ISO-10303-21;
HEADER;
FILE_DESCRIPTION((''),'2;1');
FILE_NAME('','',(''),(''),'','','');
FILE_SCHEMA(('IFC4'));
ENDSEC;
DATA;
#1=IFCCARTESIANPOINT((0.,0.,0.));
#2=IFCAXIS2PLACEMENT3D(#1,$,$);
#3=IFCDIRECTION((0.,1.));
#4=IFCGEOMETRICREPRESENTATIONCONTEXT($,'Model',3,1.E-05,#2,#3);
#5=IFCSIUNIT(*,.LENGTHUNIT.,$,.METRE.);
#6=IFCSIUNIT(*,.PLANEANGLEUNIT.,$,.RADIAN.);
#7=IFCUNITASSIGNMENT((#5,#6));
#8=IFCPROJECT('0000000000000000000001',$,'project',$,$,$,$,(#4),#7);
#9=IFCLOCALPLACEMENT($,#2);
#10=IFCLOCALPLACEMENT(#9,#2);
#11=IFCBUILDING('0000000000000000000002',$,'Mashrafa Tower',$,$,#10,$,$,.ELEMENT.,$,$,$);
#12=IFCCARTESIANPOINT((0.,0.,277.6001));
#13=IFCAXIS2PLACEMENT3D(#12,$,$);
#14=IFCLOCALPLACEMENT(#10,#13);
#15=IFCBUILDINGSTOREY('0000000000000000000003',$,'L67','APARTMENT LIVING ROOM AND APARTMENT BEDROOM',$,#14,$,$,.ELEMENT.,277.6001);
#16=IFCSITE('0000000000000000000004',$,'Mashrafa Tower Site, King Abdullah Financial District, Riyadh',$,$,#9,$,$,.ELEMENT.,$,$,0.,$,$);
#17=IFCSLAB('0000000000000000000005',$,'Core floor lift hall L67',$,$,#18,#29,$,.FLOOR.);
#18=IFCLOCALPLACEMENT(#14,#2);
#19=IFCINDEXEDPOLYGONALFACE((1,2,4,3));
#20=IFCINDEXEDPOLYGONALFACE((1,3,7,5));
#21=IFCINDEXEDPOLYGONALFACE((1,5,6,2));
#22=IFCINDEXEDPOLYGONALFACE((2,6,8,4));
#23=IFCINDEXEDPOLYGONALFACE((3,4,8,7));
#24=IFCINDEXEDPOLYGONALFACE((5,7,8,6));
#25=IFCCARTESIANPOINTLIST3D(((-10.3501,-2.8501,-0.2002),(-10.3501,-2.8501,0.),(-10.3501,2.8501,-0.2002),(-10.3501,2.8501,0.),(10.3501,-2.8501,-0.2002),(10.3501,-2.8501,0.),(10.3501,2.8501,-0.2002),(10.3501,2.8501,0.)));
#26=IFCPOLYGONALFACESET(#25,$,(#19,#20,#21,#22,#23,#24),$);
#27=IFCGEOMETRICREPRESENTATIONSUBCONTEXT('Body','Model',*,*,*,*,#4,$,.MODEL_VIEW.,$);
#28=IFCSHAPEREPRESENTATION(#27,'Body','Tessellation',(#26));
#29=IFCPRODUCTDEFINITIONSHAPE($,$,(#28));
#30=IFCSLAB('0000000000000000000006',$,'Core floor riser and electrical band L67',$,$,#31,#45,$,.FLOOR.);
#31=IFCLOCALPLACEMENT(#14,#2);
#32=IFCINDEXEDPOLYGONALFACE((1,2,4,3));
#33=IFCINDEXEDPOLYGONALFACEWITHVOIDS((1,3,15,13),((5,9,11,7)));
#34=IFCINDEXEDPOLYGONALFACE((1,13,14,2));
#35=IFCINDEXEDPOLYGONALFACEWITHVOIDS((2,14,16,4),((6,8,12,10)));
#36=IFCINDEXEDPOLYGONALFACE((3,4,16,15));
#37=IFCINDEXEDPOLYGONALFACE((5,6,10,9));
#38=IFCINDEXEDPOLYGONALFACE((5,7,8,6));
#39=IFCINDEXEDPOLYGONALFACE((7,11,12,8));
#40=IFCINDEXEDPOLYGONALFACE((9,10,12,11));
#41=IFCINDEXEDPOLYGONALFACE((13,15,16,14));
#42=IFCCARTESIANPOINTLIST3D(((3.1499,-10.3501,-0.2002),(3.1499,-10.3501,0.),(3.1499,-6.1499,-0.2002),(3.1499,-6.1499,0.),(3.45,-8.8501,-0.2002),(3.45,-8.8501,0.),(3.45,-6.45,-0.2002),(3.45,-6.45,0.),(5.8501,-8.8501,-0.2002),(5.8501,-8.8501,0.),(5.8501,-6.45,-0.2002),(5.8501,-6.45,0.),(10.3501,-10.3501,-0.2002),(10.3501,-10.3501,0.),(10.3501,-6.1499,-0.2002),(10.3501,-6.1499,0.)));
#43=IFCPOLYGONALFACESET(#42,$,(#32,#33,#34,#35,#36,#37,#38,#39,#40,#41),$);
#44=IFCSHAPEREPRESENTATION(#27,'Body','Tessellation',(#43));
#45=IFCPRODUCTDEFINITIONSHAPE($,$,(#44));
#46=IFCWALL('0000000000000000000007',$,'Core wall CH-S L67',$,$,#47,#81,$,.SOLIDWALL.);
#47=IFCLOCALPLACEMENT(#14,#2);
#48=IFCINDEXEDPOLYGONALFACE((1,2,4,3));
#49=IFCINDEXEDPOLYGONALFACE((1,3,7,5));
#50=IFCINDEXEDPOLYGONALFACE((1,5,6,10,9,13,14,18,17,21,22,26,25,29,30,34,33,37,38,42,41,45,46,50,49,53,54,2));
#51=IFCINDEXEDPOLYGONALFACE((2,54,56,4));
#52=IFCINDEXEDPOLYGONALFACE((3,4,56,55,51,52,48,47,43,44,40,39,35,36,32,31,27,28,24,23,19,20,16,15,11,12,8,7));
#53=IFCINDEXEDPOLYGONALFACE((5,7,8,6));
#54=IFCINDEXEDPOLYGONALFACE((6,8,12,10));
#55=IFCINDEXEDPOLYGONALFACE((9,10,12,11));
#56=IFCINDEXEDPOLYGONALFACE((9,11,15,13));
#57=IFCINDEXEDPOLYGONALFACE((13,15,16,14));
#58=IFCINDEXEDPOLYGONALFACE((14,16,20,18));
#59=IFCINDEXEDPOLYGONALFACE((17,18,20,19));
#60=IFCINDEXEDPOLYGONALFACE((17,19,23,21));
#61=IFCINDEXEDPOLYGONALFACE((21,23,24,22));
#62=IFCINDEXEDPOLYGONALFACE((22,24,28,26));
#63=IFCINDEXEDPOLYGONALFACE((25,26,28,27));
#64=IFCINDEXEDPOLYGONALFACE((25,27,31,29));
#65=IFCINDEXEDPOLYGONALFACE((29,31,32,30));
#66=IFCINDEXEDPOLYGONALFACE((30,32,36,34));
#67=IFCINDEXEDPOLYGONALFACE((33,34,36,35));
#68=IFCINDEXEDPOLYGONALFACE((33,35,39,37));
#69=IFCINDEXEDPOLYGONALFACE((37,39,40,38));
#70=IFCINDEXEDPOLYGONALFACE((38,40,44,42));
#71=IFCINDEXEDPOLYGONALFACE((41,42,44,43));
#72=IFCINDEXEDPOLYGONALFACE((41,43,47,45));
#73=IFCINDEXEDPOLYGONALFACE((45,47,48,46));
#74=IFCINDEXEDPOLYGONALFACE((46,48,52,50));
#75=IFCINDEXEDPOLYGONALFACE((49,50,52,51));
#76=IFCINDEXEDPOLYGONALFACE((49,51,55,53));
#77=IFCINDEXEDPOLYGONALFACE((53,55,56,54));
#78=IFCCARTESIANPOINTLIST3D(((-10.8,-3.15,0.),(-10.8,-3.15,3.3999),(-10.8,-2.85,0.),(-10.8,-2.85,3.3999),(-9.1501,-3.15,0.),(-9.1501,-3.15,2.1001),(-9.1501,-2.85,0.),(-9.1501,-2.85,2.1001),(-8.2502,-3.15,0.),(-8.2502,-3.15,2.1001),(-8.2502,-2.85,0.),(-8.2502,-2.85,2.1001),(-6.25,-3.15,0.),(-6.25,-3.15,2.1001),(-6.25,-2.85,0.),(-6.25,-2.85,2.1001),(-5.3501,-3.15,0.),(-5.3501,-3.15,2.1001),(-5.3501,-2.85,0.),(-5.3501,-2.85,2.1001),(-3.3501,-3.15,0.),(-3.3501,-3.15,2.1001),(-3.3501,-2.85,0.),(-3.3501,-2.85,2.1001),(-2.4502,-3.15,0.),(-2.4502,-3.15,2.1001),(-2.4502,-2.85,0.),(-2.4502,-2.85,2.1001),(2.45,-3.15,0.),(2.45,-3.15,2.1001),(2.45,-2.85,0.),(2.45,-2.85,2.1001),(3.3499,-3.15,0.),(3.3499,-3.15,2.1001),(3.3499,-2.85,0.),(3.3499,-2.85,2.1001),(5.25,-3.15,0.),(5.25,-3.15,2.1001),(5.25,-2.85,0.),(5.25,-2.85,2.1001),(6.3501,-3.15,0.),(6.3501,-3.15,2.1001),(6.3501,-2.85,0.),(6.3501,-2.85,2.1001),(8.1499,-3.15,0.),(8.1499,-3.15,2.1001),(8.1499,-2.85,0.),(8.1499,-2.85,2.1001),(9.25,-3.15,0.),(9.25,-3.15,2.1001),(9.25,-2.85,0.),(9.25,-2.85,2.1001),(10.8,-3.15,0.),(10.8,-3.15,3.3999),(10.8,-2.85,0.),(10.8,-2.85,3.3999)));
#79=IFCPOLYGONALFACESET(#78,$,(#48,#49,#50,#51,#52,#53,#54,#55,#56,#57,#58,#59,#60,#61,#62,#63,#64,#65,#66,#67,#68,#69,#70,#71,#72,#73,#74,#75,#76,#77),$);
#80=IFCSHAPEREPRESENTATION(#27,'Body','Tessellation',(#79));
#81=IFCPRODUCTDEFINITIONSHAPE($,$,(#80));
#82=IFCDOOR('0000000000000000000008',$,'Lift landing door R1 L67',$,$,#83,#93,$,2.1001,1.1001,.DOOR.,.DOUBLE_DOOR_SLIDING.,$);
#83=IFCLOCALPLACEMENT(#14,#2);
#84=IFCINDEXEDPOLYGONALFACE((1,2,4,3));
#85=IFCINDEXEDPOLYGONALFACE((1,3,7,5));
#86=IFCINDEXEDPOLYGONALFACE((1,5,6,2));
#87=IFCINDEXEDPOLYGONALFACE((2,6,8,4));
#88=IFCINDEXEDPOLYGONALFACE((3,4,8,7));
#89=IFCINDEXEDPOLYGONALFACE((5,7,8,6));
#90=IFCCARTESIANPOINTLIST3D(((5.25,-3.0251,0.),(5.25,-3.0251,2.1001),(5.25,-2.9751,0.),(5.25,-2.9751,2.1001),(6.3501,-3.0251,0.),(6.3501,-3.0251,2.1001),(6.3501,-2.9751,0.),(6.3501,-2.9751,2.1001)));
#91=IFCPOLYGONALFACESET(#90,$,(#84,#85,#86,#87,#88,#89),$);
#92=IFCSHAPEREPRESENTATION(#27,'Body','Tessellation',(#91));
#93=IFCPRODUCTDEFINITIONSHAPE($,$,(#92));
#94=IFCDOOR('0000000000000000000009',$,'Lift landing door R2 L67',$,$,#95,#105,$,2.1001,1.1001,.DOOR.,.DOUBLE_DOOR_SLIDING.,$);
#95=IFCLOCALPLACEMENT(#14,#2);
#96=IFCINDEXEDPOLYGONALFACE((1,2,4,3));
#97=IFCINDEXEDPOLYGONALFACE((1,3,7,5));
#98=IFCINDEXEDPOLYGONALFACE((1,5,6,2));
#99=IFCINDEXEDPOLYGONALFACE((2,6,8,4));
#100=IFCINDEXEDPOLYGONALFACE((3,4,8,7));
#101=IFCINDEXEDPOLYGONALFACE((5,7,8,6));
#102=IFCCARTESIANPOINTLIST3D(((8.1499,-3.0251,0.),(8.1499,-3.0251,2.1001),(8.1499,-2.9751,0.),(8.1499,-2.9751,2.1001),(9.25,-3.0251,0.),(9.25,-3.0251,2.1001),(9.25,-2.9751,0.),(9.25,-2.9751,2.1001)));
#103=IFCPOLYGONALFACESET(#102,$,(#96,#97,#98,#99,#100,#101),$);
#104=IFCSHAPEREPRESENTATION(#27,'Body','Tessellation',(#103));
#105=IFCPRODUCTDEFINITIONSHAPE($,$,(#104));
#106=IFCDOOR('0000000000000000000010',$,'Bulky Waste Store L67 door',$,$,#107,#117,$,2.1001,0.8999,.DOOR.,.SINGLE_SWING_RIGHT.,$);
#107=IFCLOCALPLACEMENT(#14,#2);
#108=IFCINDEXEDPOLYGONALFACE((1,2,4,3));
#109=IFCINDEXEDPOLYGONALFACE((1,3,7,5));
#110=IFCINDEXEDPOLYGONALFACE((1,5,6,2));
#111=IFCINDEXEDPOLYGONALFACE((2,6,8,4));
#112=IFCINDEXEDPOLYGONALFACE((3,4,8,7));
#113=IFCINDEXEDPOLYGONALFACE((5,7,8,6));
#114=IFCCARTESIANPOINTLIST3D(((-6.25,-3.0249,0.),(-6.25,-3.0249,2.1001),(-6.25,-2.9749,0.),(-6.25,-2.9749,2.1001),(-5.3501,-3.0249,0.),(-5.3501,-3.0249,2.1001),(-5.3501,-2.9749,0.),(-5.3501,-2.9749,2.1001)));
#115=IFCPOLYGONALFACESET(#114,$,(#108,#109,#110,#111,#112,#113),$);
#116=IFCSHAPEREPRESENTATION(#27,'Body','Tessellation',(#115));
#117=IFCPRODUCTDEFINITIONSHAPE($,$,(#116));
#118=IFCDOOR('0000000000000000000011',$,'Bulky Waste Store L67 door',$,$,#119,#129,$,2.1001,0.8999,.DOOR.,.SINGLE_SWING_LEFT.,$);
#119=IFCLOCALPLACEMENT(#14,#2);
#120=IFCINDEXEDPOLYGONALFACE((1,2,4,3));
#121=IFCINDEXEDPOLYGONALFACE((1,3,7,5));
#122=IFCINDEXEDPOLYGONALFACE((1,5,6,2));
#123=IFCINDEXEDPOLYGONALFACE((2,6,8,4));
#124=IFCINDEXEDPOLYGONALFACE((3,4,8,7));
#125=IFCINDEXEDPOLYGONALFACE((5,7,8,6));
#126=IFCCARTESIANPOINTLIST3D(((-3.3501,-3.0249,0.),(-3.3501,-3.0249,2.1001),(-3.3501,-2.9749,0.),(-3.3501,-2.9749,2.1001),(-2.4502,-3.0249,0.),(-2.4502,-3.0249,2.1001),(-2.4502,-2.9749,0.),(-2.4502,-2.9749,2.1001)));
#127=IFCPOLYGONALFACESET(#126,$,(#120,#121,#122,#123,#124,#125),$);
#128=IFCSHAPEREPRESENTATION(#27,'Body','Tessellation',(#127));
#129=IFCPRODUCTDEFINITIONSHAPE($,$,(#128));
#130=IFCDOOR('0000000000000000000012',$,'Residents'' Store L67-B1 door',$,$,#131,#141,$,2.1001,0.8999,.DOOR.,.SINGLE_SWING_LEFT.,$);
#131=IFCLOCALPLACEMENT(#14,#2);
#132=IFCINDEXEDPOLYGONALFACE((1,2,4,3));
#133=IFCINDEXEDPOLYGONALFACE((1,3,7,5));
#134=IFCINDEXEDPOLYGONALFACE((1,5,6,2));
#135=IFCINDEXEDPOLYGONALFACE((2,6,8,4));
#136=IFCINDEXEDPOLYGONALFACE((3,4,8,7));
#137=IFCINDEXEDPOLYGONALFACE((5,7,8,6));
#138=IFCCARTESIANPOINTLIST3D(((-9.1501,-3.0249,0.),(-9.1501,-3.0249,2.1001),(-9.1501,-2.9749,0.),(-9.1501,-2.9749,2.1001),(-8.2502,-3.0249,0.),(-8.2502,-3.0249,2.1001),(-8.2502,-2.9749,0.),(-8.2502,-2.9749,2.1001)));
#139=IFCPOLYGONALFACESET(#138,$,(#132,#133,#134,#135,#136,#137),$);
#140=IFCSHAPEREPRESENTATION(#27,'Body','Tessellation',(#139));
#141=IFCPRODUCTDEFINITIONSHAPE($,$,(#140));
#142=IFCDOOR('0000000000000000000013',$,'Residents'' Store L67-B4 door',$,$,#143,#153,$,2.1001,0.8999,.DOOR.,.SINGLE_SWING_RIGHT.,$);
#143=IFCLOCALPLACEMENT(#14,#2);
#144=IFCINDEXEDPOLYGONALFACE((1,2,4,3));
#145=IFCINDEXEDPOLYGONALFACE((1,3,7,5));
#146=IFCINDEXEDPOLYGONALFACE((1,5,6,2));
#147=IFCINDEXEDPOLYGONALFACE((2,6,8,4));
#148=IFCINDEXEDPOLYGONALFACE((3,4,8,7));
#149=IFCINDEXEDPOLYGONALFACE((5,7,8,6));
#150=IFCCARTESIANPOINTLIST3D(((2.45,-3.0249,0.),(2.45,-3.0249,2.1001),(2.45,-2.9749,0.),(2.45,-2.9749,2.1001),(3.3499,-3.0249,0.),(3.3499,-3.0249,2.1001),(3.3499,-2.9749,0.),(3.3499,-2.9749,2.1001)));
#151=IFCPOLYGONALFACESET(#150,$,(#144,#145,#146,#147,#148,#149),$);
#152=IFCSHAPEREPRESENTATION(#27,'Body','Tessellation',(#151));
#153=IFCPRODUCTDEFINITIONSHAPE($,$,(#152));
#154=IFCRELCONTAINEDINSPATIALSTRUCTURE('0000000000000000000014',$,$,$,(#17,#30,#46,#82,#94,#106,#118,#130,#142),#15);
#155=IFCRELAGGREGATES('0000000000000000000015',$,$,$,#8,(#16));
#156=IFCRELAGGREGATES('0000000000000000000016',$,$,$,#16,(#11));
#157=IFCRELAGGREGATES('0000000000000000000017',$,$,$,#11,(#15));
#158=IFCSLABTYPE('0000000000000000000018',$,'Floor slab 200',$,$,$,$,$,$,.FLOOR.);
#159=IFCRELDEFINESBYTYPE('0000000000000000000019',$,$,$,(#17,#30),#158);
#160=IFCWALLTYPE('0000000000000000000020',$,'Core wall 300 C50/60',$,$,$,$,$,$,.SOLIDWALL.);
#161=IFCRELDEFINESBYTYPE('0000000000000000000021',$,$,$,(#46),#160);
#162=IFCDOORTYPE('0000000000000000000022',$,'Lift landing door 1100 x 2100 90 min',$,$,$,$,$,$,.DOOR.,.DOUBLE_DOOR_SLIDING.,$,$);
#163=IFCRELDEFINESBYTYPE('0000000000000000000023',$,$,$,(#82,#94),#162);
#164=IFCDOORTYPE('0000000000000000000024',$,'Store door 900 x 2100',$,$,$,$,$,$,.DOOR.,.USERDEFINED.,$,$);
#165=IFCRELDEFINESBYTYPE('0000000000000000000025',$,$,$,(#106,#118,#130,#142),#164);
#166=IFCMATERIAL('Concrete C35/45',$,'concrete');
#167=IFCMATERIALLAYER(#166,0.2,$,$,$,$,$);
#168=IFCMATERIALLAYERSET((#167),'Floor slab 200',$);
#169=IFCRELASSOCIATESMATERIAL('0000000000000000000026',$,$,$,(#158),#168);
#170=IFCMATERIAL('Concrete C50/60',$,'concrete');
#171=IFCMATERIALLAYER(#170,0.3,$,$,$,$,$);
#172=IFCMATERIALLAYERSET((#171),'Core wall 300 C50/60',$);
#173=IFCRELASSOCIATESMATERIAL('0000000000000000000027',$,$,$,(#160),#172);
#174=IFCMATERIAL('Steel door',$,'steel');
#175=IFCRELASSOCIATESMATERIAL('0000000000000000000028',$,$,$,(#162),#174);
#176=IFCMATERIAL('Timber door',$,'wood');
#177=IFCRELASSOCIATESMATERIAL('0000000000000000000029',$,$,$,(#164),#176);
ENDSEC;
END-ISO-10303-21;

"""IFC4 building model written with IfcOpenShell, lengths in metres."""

from ifc_helpers import new_model, si_unit, direction, frame, frame_2d, origin, place, context, subcontext, project, spatial, polyline, rectangle, outline, extrude, material, layer, layer_set, type_object, element, fill, save


model = new_model("IFC4")

# Units and contexts
model_context = context("Model", 3, precision=1e-05, world=origin(), true_north=direction((0.0, 1.0)))
body_context = subcontext(model_context, "Body", "Model", "MODEL_VIEW")
ifc_project = project(units=[si_unit("LENGTHUNIT", "METRE"), si_unit("PLANEANGLEUNIT", "RADIAN")], contexts=[model_context])

# Site, building, storey
site_placement = place(None, origin())
site = spatial("IfcSite", under=ifc_project, at=site_placement, Name="Mashrafa Tower Site, King Abdullah Financial District, Riyadh", CompositionType="ELEMENT", RefElevation=0.0)
building_placement = place(site_placement, origin())
building = spatial("IfcBuilding", under=site, at=building_placement, Name="Mashrafa Tower", CompositionType="ELEMENT")
storey_placement = place(building_placement, frame((0.0, 0.0, 277.6001)))
storey = spatial("IfcBuildingStorey", under=building, at=storey_placement, Name="L67", Description="APARTMENT LIVING ROOM AND APARTMENT BEDROOM", CompositionType="ELEMENT", Elevation=277.6001)

# Slabs
ifc_material_1 = material(Name="Concrete C35/45", Category="concrete")
ifc_layer_1 = layer(ifc_material_1, 0.2)
ifc_layer_set_1 = layer_set([ifc_layer_1], Name="Floor slab 200")
slab_type = type_object("IfcSlabType", Name="Floor slab 200", PredefinedType="FLOOR", material=ifc_layer_set_1)
slab_1_placement = place(storey_placement, frame((0.0, 0.0, -0.2002)))
element("IfcSlab", 1, at=slab_1_placement, inside=storey, type_object=slab_type, Name="Core floor lift hall L67", PredefinedType="FLOOR", context=body_context, shape_type="SweptSolid", body=[
    extrude(outline(polyline([(-10.3501, 2.8501), (10.3501, 2.8501), (10.3501, -2.8501), (-10.3501, -2.8501), (-10.3501, 2.8501)])), origin(), (0.0, 0.0, 1.0), 0.2002),
])
slab_2_placement = place(storey_placement, frame((0.0, 0.0, -0.2002)))
element("IfcSlab", 2, at=slab_2_placement, inside=storey, type_object=slab_type, Name="Core floor riser and electrical band L67", PredefinedType="FLOOR", context=body_context, shape_type="SweptSolid", body=[
    extrude(outline(polyline([(10.3501, -6.1499), (10.3501, -10.3501), (3.1499, -10.3501), (3.1499, -6.1499), (10.3501, -6.1499)]), holes=[polyline([(3.45, -8.8501), (5.8501, -8.8501), (5.8501, -6.45), (3.45, -6.45), (3.45, -8.8501)])]), origin(), (0.0, 0.0, 1.0), 0.2002),
])

# Wall, openings, doors
ifc_material_2 = material(Name="Concrete C50/60", Category="concrete")
ifc_layer_2 = layer(ifc_material_2, 0.3)
ifc_layer_set_2 = layer_set([ifc_layer_2], Name="Core wall 300 C50/60")
wall_type_1 = type_object("IfcWallType", Name="Core wall 300 C50/60", PredefinedType="SOLIDWALL", material=ifc_layer_set_2)
wall_placement = place(storey_placement, frame((-10.8, -3.0, 0.0), z_axis=(0.0, 0.0, 1.0), x_axis=(1.0, 0.0, 0.0)))
wall = element("IfcWall", 3, at=wall_placement, inside=storey, type_object=wall_type_1, Name="Core wall CH-S L67", PredefinedType="SOLIDWALL", context=body_context, shape_type="SweptSolid", body=[
    extrude(rectangle(XDim=21.6001, YDim=0.3, at=frame_2d((10.8, 0.0))), origin(), (0.0, 0.0, 1.0), 3.3999),
])
opening_1_placement = place(wall_placement, frame((4.55, 0.0, 0.0)))
opening_1 = element("IfcOpeningElement", 4, at=opening_1_placement, cuts=wall, PredefinedType="OPENING", context=body_context, shape_type="SweptSolid", body=[
    extrude(rectangle(XDim=0.8999, YDim=2.1001, at=frame_2d((0.45, 1.05))), frame((0.0, 0.1599, 0.0), z_axis=(0.0, -1.0, 0.0), x_axis=(1.0, 0.0, 0.0)), (0.0, 0.0, 1.0), 0.3201),
])
opening_2_placement = place(wall_placement, frame((7.45, 0.0, 0.0)))
opening_2 = element("IfcOpeningElement", 5, at=opening_2_placement, cuts=wall, PredefinedType="OPENING", context=body_context, shape_type="SweptSolid", body=[
    extrude(rectangle(XDim=0.8999, YDim=2.1001, at=frame_2d((0.45, 1.05))), frame((0.0, 0.1599, 0.0), z_axis=(0.0, -1.0, 0.0), x_axis=(1.0, 0.0, 0.0)), (0.0, 0.0, 1.0), 0.3201),
])
opening_3_placement = place(wall_placement, frame((1.6499, 0.0, 0.0)))
opening_3 = element("IfcOpeningElement", 6, at=opening_3_placement, cuts=wall, PredefinedType="OPENING", context=body_context, shape_type="SweptSolid", body=[
    extrude(rectangle(XDim=0.8999, YDim=2.1001, at=frame_2d((0.45, 1.05))), frame((0.0, 0.1599, 0.0), z_axis=(0.0, -1.0, 0.0), x_axis=(1.0, 0.0, 0.0)), (0.0, 0.0, 1.0), 0.3201),
])
opening_4_placement = place(wall_placement, frame((13.25, 0.0, 0.0)))
opening_4 = element("IfcOpeningElement", 7, at=opening_4_placement, cuts=wall, PredefinedType="OPENING", context=body_context, shape_type="SweptSolid", body=[
    extrude(rectangle(XDim=0.8999, YDim=2.1001, at=frame_2d((0.45, 1.05))), frame((0.0, 0.1599, 0.0), z_axis=(0.0, -1.0, 0.0), x_axis=(1.0, 0.0, 0.0)), (0.0, 0.0, 1.0), 0.3201),
])
opening_5_placement = place(wall_placement, frame((16.05, 0.0, 0.0)))
opening_5 = element("IfcOpeningElement", 8, at=opening_5_placement, cuts=wall, PredefinedType="OPENING", context=body_context, shape_type="SweptSolid", body=[
    extrude(rectangle(XDim=1.1001, YDim=2.1001, at=frame_2d((0.55, 1.05))), frame((0.0, 0.1599, 0.0), z_axis=(0.0, -1.0, 0.0), x_axis=(1.0, 0.0, 0.0)), (0.0, 0.0, 1.0), 0.3201),
])
opening_6_placement = place(wall_placement, frame((18.95, 0.0, 0.0)))
opening_6 = element("IfcOpeningElement", 9, at=opening_6_placement, cuts=wall, PredefinedType="OPENING", context=body_context, shape_type="SweptSolid", body=[
    extrude(rectangle(XDim=1.1001, YDim=2.1001, at=frame_2d((0.55, 1.05))), frame((0.0, 0.1599, 0.0), z_axis=(0.0, -1.0, 0.0), x_axis=(1.0, 0.0, 0.0)), (0.0, 0.0, 1.0), 0.3201),
])
ifc_material_3 = material(Name="Steel door", Category="steel")
door_type_1 = type_object("IfcDoorType", Name="Lift landing door 1100 x 2100 90 min", OperationType="DOUBLE_DOOR_SLIDING", PredefinedType="DOOR", material=ifc_material_3)
door_1_placement = place(opening_5_placement, origin())
door_1 = element("IfcDoor", 10, at=door_1_placement, inside=storey, type_object=door_type_1, Name="Lift landing door R1 L67", OperationType="DOUBLE_DOOR_SLIDING", OverallHeight=2.1001, OverallWidth=1.1001, PredefinedType="DOOR", context=body_context, shape_type="SweptSolid", body=[
    extrude(rectangle(XDim=1.1001, YDim=2.1001, at=frame_2d((0.55, 1.05))), frame((0.0, 0.0249, 0.0), z_axis=(0.0, -1.0, 0.0), x_axis=(1.0, 0.0, 0.0)), (0.0, 0.0, 1.0), 0.05),
])
fill(opening_5, door_1)
door_2_placement = place(opening_6_placement, origin())
door_2 = element("IfcDoor", 11, at=door_2_placement, inside=storey, type_object=door_type_1, Name="Lift landing door R2 L67", OperationType="DOUBLE_DOOR_SLIDING", OverallHeight=2.1001, OverallWidth=1.1001, PredefinedType="DOOR", context=body_context, shape_type="SweptSolid", body=[
    extrude(rectangle(XDim=1.1001, YDim=2.1001, at=frame_2d((0.55, 1.05))), frame((0.0, 0.0249, 0.0), z_axis=(0.0, -1.0, 0.0), x_axis=(1.0, 0.0, 0.0)), (0.0, 0.0, 1.0), 0.05),
])
fill(opening_6, door_2)
ifc_material_4 = material(Name="Timber door", Category="wood")
door_type_2 = type_object("IfcDoorType", Name="Store door 900 x 2100", OperationType="USERDEFINED", PredefinedType="DOOR", material=ifc_material_4)
door_3_placement = place(opening_1_placement, frame((0.8999, 0.0, 0.0), z_axis=(0.0, 0.0, 1.0), x_axis=(-1.0, 0.0, 0.0)))
door_3 = element("IfcDoor", 12, at=door_3_placement, inside=storey, type_object=door_type_2, Name="Bulky Waste Store L67 door", OperationType="SINGLE_SWING_RIGHT", OverallHeight=2.1001, OverallWidth=0.8999, PredefinedType="DOOR", context=body_context, shape_type="SweptSolid", body=[
    extrude(rectangle(XDim=0.8999, YDim=2.1001, at=frame_2d((0.45, 1.05))), frame((0.0, 0.0249, 0.0), z_axis=(0.0, -1.0, 0.0), x_axis=(1.0, 0.0, 0.0)), (0.0, 0.0, 1.0), 0.05),
])
fill(opening_1, door_3)
door_4_placement = place(opening_2_placement, frame((0.8999, 0.0, 0.0), z_axis=(0.0, 0.0, 1.0), x_axis=(-1.0, 0.0, 0.0)))
door_4 = element("IfcDoor", 13, at=door_4_placement, inside=storey, type_object=door_type_2, Name="Bulky Waste Store L67 door", OperationType="SINGLE_SWING_LEFT", OverallHeight=2.1001, OverallWidth=0.8999, PredefinedType="DOOR", context=body_context, shape_type="SweptSolid", body=[
    extrude(rectangle(XDim=0.8999, YDim=2.1001, at=frame_2d((0.45, 1.05))), frame((0.0, 0.0249, 0.0), z_axis=(0.0, -1.0, 0.0), x_axis=(1.0, 0.0, 0.0)), (0.0, 0.0, 1.0), 0.05),
])
fill(opening_2, door_4)
door_5_placement = place(opening_3_placement, frame((0.8999, 0.0, 0.0), z_axis=(0.0, 0.0, 1.0), x_axis=(-1.0, 0.0, 0.0)))
door_5 = element("IfcDoor", 14, at=door_5_placement, inside=storey, type_object=door_type_2, Name="Residents' Store L67-B1 door", OperationType="SINGLE_SWING_LEFT", OverallHeight=2.1001, OverallWidth=0.8999, PredefinedType="DOOR", context=body_context, shape_type="SweptSolid", body=[
    extrude(rectangle(XDim=0.8999, YDim=2.1001, at=frame_2d((0.45, 1.05))), frame((0.0, 0.0249, 0.0), z_axis=(0.0, -1.0, 0.0), x_axis=(1.0, 0.0, 0.0)), (0.0, 0.0, 1.0), 0.05),
])
fill(opening_3, door_5)
door_6_placement = place(opening_4_placement, frame((0.8999, 0.0, 0.0), z_axis=(0.0, 0.0, 1.0), x_axis=(-1.0, 0.0, 0.0)))
door_6 = element("IfcDoor", 15, at=door_6_placement, inside=storey, type_object=door_type_2, Name="Residents' Store L67-B4 door", OperationType="SINGLE_SWING_RIGHT", OverallHeight=2.1001, OverallWidth=0.8999, PredefinedType="DOOR", context=body_context, shape_type="SweptSolid", body=[
    extrude(rectangle(XDim=0.8999, YDim=2.1001, at=frame_2d((0.45, 1.05))), frame((0.0, 0.0249, 0.0), z_axis=(0.0, -1.0, 0.0), x_axis=(1.0, 0.0, 0.0)), (0.0, 0.0, 1.0), 0.05),
])
fill(opening_4, door_6)

save(model, "model.ifc")
